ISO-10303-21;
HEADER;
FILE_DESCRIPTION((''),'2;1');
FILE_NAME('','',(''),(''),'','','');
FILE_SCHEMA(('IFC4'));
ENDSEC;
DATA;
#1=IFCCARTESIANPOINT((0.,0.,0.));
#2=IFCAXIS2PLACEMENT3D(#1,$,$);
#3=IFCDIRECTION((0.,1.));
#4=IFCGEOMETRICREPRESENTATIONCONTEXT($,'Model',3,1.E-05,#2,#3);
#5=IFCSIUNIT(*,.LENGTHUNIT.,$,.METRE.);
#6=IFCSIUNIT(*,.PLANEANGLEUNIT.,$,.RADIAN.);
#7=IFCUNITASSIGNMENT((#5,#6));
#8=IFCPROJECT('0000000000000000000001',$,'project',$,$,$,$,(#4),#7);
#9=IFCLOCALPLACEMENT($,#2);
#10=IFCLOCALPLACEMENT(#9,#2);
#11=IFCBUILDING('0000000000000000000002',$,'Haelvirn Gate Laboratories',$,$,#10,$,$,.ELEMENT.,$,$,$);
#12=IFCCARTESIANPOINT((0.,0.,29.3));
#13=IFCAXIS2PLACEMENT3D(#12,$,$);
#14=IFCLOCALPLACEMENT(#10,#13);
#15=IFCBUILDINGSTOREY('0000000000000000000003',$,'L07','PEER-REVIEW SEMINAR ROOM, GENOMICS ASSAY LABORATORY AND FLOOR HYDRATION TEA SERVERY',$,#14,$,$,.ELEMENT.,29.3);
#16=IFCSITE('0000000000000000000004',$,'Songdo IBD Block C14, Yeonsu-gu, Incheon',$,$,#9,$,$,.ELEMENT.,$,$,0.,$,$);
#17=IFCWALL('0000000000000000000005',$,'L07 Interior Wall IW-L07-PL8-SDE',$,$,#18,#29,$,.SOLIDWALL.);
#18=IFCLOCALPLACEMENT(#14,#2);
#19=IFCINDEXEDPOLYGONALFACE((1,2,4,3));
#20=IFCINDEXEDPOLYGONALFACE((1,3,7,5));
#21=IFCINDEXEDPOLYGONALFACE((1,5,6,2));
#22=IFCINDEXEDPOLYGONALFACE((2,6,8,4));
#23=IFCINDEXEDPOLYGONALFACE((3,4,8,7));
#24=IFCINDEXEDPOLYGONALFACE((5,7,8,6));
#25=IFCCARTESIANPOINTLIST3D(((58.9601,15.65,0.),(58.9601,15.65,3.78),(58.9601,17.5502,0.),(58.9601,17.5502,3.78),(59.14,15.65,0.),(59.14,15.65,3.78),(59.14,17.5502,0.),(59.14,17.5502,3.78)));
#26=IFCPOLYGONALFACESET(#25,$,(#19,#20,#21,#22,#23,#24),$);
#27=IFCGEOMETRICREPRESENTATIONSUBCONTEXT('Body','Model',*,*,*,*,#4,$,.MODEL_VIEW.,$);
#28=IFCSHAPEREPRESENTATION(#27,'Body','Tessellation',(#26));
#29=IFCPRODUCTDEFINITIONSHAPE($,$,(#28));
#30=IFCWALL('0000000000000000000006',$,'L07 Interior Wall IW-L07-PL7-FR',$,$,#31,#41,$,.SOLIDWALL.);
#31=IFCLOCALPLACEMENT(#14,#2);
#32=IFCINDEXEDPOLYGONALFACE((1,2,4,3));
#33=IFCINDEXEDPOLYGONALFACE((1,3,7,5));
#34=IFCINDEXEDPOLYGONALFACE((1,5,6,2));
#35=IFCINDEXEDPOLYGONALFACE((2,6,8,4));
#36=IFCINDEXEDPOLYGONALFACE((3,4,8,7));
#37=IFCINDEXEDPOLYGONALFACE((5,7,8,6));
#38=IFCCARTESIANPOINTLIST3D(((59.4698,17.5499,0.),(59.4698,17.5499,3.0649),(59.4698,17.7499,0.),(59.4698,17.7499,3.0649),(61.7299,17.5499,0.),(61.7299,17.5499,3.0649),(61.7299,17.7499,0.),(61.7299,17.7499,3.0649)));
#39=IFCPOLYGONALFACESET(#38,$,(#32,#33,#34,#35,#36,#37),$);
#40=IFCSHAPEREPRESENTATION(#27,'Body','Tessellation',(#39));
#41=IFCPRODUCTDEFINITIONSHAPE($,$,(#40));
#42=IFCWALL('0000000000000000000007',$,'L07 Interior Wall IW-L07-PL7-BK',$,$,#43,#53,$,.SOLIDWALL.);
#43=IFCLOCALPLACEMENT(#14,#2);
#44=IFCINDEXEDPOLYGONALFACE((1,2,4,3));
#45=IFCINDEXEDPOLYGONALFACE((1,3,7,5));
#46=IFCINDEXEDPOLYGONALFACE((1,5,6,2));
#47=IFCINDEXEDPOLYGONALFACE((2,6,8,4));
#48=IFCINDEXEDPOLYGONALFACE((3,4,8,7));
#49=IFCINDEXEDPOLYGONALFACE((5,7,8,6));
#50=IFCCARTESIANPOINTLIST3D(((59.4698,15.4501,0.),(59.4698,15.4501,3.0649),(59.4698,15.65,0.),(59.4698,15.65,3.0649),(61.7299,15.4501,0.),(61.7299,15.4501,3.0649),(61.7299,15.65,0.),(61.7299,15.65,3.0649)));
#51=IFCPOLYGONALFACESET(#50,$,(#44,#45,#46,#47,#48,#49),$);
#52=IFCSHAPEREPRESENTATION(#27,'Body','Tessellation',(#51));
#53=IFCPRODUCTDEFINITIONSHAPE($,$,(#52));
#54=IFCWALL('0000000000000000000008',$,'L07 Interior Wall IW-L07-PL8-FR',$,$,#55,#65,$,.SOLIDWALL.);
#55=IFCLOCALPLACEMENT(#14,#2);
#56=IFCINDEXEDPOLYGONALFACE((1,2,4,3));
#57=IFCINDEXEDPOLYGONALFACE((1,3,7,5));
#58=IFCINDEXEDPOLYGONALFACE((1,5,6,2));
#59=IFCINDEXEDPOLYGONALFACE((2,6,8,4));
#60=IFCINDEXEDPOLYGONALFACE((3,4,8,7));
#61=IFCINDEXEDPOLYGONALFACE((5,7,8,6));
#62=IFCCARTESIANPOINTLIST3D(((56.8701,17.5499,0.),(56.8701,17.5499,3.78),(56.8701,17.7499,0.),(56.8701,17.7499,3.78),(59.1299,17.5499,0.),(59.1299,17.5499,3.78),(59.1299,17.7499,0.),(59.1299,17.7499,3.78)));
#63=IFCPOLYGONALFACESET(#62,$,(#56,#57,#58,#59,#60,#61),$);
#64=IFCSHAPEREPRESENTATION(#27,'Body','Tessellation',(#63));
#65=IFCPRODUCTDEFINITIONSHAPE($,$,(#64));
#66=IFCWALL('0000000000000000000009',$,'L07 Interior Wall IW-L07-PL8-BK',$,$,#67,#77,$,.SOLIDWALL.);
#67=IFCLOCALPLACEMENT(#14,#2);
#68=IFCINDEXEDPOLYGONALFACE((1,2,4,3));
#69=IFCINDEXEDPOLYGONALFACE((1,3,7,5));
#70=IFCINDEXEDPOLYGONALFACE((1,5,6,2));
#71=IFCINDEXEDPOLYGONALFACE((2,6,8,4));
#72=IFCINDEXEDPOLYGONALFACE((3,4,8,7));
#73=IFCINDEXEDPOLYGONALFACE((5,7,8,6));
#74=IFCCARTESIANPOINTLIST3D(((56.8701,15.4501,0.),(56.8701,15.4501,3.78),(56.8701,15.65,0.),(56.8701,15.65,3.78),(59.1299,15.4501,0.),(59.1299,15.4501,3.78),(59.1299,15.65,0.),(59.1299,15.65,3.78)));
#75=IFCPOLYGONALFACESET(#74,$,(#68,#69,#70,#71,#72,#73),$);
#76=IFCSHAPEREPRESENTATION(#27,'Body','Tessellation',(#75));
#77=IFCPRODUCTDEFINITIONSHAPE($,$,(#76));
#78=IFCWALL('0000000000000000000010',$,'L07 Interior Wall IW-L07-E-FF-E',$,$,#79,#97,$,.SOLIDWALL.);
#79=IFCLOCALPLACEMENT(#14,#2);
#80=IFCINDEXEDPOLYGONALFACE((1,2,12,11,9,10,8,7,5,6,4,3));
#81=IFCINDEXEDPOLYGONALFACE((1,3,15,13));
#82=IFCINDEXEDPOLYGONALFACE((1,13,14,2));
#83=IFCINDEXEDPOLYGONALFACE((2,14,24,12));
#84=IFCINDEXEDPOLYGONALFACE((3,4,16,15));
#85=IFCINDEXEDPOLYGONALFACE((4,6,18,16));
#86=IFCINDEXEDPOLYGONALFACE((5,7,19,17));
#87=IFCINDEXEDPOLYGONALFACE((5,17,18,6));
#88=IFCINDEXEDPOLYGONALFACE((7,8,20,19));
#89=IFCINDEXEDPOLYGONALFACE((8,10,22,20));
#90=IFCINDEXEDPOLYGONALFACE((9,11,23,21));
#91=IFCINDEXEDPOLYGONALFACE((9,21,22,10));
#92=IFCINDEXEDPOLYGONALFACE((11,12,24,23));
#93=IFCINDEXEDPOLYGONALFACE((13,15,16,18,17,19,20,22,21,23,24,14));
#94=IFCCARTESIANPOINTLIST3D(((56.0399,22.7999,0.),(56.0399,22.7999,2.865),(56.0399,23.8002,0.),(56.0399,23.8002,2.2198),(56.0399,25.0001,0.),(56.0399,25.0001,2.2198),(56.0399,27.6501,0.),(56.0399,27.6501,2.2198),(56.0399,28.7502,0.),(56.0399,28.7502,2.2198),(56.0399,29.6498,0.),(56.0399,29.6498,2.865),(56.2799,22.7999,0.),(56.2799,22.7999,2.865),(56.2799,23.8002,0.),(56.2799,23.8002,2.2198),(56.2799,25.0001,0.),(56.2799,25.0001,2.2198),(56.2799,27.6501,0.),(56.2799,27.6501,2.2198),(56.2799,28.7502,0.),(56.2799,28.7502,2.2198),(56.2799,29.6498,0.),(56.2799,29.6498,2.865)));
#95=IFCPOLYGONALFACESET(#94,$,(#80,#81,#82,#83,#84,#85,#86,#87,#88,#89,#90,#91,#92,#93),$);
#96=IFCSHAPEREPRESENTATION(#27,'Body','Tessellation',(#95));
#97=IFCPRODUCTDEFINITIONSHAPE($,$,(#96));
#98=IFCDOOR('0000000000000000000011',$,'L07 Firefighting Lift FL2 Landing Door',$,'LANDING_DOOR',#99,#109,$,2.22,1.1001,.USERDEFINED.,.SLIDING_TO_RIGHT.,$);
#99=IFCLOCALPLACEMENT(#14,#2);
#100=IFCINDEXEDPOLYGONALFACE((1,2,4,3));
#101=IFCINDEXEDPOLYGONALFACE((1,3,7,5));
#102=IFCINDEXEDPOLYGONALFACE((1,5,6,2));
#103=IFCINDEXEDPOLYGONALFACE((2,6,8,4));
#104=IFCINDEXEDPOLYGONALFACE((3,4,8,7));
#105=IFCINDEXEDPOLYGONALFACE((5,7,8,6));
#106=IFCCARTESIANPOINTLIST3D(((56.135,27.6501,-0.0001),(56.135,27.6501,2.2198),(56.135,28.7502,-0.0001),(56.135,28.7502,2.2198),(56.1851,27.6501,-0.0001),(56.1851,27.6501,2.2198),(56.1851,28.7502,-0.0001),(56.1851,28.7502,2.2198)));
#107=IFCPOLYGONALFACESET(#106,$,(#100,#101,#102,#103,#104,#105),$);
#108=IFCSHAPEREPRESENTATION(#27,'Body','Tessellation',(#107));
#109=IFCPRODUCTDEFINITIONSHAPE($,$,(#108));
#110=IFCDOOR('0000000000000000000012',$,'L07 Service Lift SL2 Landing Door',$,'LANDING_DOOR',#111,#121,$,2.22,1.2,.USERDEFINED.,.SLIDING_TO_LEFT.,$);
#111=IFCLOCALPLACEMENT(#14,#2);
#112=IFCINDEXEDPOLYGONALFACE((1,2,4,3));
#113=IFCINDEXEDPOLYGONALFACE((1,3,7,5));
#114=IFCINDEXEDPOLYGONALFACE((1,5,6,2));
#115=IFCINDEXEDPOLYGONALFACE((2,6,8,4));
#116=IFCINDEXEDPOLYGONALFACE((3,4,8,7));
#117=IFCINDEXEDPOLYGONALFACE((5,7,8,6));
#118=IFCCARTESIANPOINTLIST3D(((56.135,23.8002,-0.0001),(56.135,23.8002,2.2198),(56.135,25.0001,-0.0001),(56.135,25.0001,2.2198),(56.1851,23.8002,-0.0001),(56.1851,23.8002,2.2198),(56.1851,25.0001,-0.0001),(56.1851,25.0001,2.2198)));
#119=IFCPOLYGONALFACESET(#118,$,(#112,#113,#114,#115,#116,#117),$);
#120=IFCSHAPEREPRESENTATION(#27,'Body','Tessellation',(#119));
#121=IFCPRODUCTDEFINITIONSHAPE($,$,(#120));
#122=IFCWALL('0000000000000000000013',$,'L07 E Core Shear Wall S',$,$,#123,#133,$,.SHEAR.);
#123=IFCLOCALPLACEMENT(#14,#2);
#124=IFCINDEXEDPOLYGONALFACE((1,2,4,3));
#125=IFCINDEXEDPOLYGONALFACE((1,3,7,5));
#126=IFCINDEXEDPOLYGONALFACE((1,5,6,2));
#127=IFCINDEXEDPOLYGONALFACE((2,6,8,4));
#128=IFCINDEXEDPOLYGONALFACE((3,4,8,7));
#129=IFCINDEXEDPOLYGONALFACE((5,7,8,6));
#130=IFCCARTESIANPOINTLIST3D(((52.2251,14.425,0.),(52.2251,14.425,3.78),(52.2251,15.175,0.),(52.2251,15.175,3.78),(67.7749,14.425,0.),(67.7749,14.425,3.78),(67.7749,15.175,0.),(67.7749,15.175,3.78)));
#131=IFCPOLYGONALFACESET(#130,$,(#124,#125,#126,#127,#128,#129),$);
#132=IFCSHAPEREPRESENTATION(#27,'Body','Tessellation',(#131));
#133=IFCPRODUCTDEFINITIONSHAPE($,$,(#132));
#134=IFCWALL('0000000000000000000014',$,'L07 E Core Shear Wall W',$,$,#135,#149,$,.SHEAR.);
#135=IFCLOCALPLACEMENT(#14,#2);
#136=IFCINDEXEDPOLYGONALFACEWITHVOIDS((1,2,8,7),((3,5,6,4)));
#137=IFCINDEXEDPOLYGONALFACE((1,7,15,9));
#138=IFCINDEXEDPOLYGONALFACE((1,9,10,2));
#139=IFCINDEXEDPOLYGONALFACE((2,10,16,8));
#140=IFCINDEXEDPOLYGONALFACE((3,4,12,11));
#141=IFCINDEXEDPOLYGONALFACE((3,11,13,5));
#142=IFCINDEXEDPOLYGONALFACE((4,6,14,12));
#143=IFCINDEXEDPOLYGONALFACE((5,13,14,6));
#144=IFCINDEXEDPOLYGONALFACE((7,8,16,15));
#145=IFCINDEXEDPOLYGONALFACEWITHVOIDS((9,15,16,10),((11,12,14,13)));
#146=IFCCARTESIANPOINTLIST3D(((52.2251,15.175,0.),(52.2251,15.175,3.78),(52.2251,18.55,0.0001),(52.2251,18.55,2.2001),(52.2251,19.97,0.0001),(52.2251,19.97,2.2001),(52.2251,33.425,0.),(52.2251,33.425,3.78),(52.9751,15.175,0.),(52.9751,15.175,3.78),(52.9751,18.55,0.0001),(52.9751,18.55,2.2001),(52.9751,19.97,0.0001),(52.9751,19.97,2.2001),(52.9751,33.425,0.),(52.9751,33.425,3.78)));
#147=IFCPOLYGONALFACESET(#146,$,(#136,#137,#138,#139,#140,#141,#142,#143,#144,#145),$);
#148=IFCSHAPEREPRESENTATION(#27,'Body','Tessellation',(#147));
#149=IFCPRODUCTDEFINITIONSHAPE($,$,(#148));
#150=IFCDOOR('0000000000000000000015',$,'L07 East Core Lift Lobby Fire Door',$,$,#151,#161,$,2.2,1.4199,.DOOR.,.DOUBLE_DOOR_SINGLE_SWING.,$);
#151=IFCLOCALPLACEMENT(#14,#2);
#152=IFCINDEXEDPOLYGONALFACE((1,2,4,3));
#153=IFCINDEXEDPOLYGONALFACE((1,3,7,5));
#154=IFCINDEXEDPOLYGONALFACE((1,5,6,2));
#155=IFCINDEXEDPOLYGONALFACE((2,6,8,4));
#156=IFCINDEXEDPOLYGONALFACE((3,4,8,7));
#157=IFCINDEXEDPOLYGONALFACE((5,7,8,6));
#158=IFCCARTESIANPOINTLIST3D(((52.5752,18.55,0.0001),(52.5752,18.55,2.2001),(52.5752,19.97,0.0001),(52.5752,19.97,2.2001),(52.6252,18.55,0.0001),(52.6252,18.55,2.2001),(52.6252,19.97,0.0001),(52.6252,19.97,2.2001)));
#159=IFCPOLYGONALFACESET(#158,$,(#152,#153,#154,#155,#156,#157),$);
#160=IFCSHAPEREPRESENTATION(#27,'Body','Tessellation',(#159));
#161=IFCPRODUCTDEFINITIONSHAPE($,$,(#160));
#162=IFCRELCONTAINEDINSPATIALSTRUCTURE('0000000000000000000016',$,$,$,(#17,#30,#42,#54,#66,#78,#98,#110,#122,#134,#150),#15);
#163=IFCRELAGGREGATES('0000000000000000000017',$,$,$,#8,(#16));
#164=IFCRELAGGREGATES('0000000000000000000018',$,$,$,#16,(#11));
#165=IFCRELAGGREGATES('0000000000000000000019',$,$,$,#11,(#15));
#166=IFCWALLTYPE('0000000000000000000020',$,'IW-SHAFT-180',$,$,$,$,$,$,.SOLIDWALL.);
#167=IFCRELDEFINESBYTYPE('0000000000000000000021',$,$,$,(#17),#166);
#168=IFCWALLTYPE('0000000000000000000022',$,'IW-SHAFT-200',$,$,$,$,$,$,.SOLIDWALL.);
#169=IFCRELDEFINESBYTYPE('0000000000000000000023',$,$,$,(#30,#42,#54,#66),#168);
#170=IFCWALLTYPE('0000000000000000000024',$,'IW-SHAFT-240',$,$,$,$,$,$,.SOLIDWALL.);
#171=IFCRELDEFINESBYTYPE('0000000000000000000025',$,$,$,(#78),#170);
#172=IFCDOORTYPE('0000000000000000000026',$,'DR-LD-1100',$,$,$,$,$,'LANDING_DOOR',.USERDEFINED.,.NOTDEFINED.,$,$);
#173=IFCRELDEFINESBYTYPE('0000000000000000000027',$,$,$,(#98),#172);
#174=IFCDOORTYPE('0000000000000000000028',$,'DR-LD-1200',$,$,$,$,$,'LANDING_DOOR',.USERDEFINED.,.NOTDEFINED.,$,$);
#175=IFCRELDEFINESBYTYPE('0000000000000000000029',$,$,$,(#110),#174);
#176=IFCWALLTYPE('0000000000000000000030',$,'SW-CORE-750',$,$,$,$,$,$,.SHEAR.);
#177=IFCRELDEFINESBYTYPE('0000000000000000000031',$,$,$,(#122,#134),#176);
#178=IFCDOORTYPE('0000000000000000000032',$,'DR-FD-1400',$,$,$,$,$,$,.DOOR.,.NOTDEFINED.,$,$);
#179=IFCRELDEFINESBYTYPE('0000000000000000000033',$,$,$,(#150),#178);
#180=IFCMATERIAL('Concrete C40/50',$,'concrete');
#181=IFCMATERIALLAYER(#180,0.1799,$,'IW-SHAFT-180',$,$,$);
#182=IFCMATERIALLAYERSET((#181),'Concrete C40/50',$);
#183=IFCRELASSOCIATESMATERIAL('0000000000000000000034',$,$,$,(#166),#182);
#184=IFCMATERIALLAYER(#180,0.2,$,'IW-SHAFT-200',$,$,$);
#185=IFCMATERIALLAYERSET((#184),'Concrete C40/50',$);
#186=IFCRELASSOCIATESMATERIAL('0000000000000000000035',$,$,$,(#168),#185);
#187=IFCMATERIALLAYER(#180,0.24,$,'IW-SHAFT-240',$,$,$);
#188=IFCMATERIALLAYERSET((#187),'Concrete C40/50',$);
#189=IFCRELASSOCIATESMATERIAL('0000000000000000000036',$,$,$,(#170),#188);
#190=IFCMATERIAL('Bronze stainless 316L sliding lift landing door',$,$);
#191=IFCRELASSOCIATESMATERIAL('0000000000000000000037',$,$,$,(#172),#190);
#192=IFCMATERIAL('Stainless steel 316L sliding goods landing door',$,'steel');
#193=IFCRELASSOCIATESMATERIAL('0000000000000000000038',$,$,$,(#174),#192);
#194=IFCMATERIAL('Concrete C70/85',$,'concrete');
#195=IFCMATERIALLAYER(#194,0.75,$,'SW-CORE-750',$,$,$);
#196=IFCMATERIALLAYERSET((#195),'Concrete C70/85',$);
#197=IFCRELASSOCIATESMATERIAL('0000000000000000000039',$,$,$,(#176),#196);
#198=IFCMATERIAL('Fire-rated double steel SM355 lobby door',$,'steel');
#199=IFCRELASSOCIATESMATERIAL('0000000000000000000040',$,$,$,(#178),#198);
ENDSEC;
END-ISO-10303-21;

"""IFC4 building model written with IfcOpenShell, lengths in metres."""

from ifc_helpers import new_model, si_unit, direction, frame, frame_2d, origin, place, context, subcontext, project, spatial, rectangle, extrude, source, transform, mapped, material, layer, layer_set, type_object, type_shapes, element, fill, save


model = new_model("IFC4")

# Units and contexts
model_context = context("Model", 3, precision=1e-05, world=origin(), true_north=direction((0.0, 1.0)))
body_context = subcontext(model_context, "Body", "Model", "MODEL_VIEW")
ifc_project = project(units=[si_unit("LENGTHUNIT", "METRE"), si_unit("PLANEANGLEUNIT", "RADIAN")], contexts=[model_context])

# Site, building, storey
site_placement = place(None, origin())
site = spatial("IfcSite", under=ifc_project, at=site_placement, Name="Songdo IBD Block C14, Yeonsu-gu, Incheon", CompositionType="ELEMENT", RefElevation=0.0)
building_placement = place(site_placement, origin())
building = spatial("IfcBuilding", under=site, at=building_placement, Name="Haelvirn Gate Laboratories", CompositionType="ELEMENT")
storey_placement = place(building_placement, frame((0.0, 0.0, 29.3)))
storey = spatial("IfcBuildingStorey", under=building, at=storey_placement, Name="L07", Description="PEER-REVIEW SEMINAR ROOM, GENOMICS ASSAY LABORATORY AND FLOOR HYDRATION TEA SERVERY", CompositionType="ELEMENT", Elevation=29.3)

# Shared definitions
ifc_material_1 = material(Name="Concrete C70/85", Category="concrete")

# Walls
ifc_material_2 = material(Name="Concrete C40/50", Category="concrete")
ifc_layer_1 = layer(ifc_material_2, 0.1799, Name="IW-SHAFT-180")
ifc_layer_set_1 = layer_set([ifc_layer_1], Name="Concrete C40/50")
wall_type_1 = type_object("IfcWallType", Name="IW-SHAFT-180", PredefinedType="SOLIDWALL", material=ifc_layer_set_1)
for number, where, z_axis, x_axis, name in (
    (1, (59.05, 15.6499, 0.0), (0.0, 0.0, 1.0), (0.0, 1.0, 0.0), "L07 Interior Wall IW-L07-PL8-SDE"),
):
    element("IfcWall", number, at=place(storey_placement, frame(where, z_axis=z_axis, x_axis=x_axis)), inside=storey, type_object=wall_type_1, Name=name, PredefinedType="SOLIDWALL", context=body_context, shape_type="SweptSolid", body=[
        extrude(rectangle(XDim=1.9001, YDim=0.1799, at=frame_2d((0.9502, 0.0))), origin(), (0.0, 0.0, 1.0), 3.78),
    ])
ifc_layer_2 = layer(ifc_material_2, 0.2, Name="IW-SHAFT-200")
ifc_layer_set_2 = layer_set([ifc_layer_2], Name="Concrete C40/50")
wall_type_2 = type_object("IfcWallType", Name="IW-SHAFT-200", PredefinedType="SOLIDWALL", material=ifc_layer_set_2)
for number, where, z_axis, x_axis, name in (
    (2, (59.47, 17.6499, 0.0), (0.0, 0.0, 1.0), (1.0, 0.0, 0.0), "L07 Interior Wall IW-L07-PL7-FR"),
    (3, (59.47, 15.55, 0.0), (0.0, 0.0, 1.0), (1.0, 0.0, 0.0), "L07 Interior Wall IW-L07-PL7-BK"),
):
    element("IfcWall", number, at=place(storey_placement, frame(where, z_axis=z_axis, x_axis=x_axis)), inside=storey, type_object=wall_type_2, Name=name, PredefinedType="SOLIDWALL", context=body_context, shape_type="SweptSolid", body=[
        extrude(rectangle(XDim=2.26, YDim=0.2, at=frame_2d((1.1299, 0.0))), origin(), (0.0, 0.0, 1.0), 3.0649),
    ])
for number, where, z_axis, x_axis, name in (
    (4, (56.8701, 17.6499, 0.0), (0.0, 0.0, 1.0), (1.0, 0.0, 0.0), "L07 Interior Wall IW-L07-PL8-FR"),
    (5, (56.8701, 15.55, 0.0), (0.0, 0.0, 1.0), (1.0, 0.0, 0.0), "L07 Interior Wall IW-L07-PL8-BK"),
):
    element("IfcWall", number, at=place(storey_placement, frame(where, z_axis=z_axis, x_axis=x_axis)), inside=storey, type_object=wall_type_2, Name=name, PredefinedType="SOLIDWALL", context=body_context, shape_type="SweptSolid", body=[
        extrude(rectangle(XDim=2.2598, YDim=0.2, at=frame_2d((1.1299, 0.0))), origin(), (0.0, 0.0, 1.0), 3.78),
    ])

# Wall, openings, doors
ifc_layer_3 = layer(ifc_material_2, 0.24, Name="IW-SHAFT-240")
ifc_layer_set_3 = layer_set([ifc_layer_3], Name="Concrete C40/50")
wall_type_3 = type_object("IfcWallType", Name="IW-SHAFT-240", PredefinedType="SOLIDWALL", material=ifc_layer_set_3)
wall_1_placement = place(storey_placement, frame((56.1599, 22.8, 0.0), z_axis=(0.0, 0.0, 1.0), x_axis=(0.0, 1.0, 0.0)))
wall_1 = element("IfcWall", 6, at=wall_1_placement, inside=storey, type_object=wall_type_3, Name="L07 Interior Wall IW-L07-E-FF-E", PredefinedType="SOLIDWALL", context=body_context, shape_type="SweptSolid", body=[
    extrude(rectangle(XDim=6.8499, YDim=0.24, at=frame_2d((3.4248, 0.0))), origin(), (0.0, 0.0, 1.0), 2.865),
])
opening_1_placement = place(wall_1_placement, frame((4.8501, 0.0, 0.0)))
opening_1 = element("IfcOpeningElement", 7, at=opening_1_placement, cuts=wall_1, PredefinedType="OPENING", context=body_context, shape_type="SweptSolid", body=[
    extrude(rectangle(XDim=1.1001, YDim=2.22, at=frame_2d((0.55, 1.1099))), frame((0.0, 0.1299, 0.0), z_axis=(0.0, -1.0, 0.0), x_axis=(1.0, 0.0, 0.0)), (0.0, 0.0, 1.0), 0.26),
])
opening_2_placement = place(wall_1_placement, frame((1.0, 0.0, 0.0)))
opening_2 = element("IfcOpeningElement", 8, at=opening_2_placement, cuts=wall_1, PredefinedType="OPENING", context=body_context, shape_type="SweptSolid", body=[
    extrude(rectangle(XDim=1.2, YDim=2.22, at=frame_2d((0.6001, 1.1099))), frame((0.0, 0.1299, 0.0), z_axis=(0.0, -1.0, 0.0), x_axis=(1.0, 0.0, 0.0)), (0.0, 0.0, 1.0), 0.26),
])
ifc_material_3 = material(Name="Bronze stainless 316L sliding lift landing door")
door_type_1 = type_object("IfcDoorType", Name="DR-LD-1100", ElementType="LANDING_DOOR", OperationType="NOTDEFINED", PredefinedType="USERDEFINED", material=ifc_material_3)
shared_shape_1 = source(origin(), body_context, "Body", "SweptSolid", [
    extrude(rectangle(XDim=1.1001, YDim=2.22, at=frame_2d((0.55, 1.1099))), frame((0.0, 0.0249, 0.0), z_axis=(0.0, -1.0, 0.0), x_axis=(1.0, 0.0, 0.0)), (0.0, 0.0, 1.0), 0.05),
])
type_shapes(door_type_1, [shared_shape_1])
door_1_placement = place(opening_1_placement, origin())
door_1 = element("IfcDoor", 9, at=door_1_placement, inside=storey, type_object=door_type_1, Name="L07 Firefighting Lift FL2 Landing Door", ObjectType="LANDING_DOOR", OperationType="SLIDING_TO_RIGHT", OverallHeight=2.22, OverallWidth=1.1001, PredefinedType="USERDEFINED", context=body_context, shape_type="MappedRepresentation", body=[
    mapped(shared_shape_1, transform((0.0, 0.0, 0.0), scale=1.0)),
])
fill(opening_1, door_1)
ifc_material_4 = material(Name="Stainless steel 316L sliding goods landing door", Category="steel")
door_type_2 = type_object("IfcDoorType", Name="DR-LD-1200", ElementType="LANDING_DOOR", OperationType="NOTDEFINED", PredefinedType="USERDEFINED", material=ifc_material_4)
shared_shape_2 = source(origin(), body_context, "Body", "SweptSolid", [
    extrude(rectangle(XDim=1.2, YDim=2.22, at=frame_2d((0.6001, 1.1099))), frame((0.0, 0.0249, 0.0), z_axis=(0.0, -1.0, 0.0), x_axis=(1.0, 0.0, 0.0)), (0.0, 0.0, 1.0), 0.05),
])
type_shapes(door_type_2, [shared_shape_2])
door_2_placement = place(opening_2_placement, origin())
door_2 = element("IfcDoor", 10, at=door_2_placement, inside=storey, type_object=door_type_2, Name="L07 Service Lift SL2 Landing Door", ObjectType="LANDING_DOOR", OperationType="SLIDING_TO_LEFT", OverallHeight=2.22, OverallWidth=1.2, PredefinedType="USERDEFINED", context=body_context, shape_type="MappedRepresentation", body=[
    mapped(shared_shape_2, transform((0.0, 0.0, 0.0), scale=1.0)),
])
fill(opening_2, door_2)

# Wall
ifc_layer_4 = layer(ifc_material_1, 0.75, Name="SW-CORE-750")
ifc_layer_set_4 = layer_set([ifc_layer_4], Name="Concrete C70/85")
wall_type_4 = type_object("IfcWallType", Name="SW-CORE-750", PredefinedType="SHEAR", material=ifc_layer_set_4)
wall_2_placement = place(storey_placement, frame((52.2251, 14.8, 0.0), z_axis=(0.0, 0.0, 1.0), x_axis=(1.0, 0.0, 0.0)))
element("IfcWall", 11, at=wall_2_placement, inside=storey, type_object=wall_type_4, Name="L07 E Core Shear Wall S", PredefinedType="SHEAR", context=body_context, shape_type="SweptSolid", body=[
    extrude(rectangle(XDim=15.5498, YDim=0.75, at=frame_2d((7.7749, 0.0))), origin(), (0.0, 0.0, 1.0), 3.78),
])

# Wall, opening, door
wall_3_placement = place(storey_placement, frame((52.6001, 15.175, 0.0), z_axis=(0.0, 0.0, 1.0), x_axis=(0.0, 1.0, 0.0)))
wall_3 = element("IfcWall", 12, at=wall_3_placement, inside=storey, type_object=wall_type_4, Name="L07 E Core Shear Wall W", PredefinedType="SHEAR", context=body_context, shape_type="SweptSolid", body=[
    extrude(rectangle(XDim=18.25, YDim=0.75, at=frame_2d((9.125, 0.0))), origin(), (0.0, 0.0, 1.0), 3.78),
])
opening_3_placement = place(wall_3_placement, frame((3.375, 0.0, 0.0)))
opening_3 = element("IfcOpeningElement", 13, at=opening_3_placement, cuts=wall_3, PredefinedType="OPENING", context=body_context, shape_type="SweptSolid", body=[
    extrude(rectangle(XDim=1.4199, YDim=2.2, at=frame_2d((0.71, 1.1001))), frame((0.0, 0.385, 0.0), z_axis=(0.0, -1.0, 0.0), x_axis=(1.0, 0.0, 0.0)), (0.0, 0.0, 1.0), 0.77),
])
ifc_material_5 = material(Name="Fire-rated double steel SM355 lobby door", Category="steel")
door_type_3 = type_object("IfcDoorType", Name="DR-FD-1400", OperationType="NOTDEFINED", PredefinedType="DOOR", material=ifc_material_5)
shared_shape_3 = source(origin(), body_context, "Body", "SweptSolid", [
    extrude(rectangle(XDim=1.4199, YDim=2.2, at=frame_2d((0.71, 1.1001))), frame((0.0, 0.0249, 0.0), z_axis=(0.0, -1.0, 0.0), x_axis=(1.0, 0.0, 0.0)), (0.0, 0.0, 1.0), 0.05),
])
type_shapes(door_type_3, [shared_shape_3])
door_3_placement = place(opening_3_placement, origin())
door_3 = element("IfcDoor", 14, at=door_3_placement, inside=storey, type_object=door_type_3, Name="L07 East Core Lift Lobby Fire Door", OperationType="DOUBLE_DOOR_SINGLE_SWING", OverallHeight=2.2, OverallWidth=1.4199, PredefinedType="DOOR", context=body_context, shape_type="MappedRepresentation", body=[
    mapped(shared_shape_3, transform((0.0, 0.0, 0.0), scale=1.0)),
])
fill(opening_3, door_3)

save(model, "model.ifc")
